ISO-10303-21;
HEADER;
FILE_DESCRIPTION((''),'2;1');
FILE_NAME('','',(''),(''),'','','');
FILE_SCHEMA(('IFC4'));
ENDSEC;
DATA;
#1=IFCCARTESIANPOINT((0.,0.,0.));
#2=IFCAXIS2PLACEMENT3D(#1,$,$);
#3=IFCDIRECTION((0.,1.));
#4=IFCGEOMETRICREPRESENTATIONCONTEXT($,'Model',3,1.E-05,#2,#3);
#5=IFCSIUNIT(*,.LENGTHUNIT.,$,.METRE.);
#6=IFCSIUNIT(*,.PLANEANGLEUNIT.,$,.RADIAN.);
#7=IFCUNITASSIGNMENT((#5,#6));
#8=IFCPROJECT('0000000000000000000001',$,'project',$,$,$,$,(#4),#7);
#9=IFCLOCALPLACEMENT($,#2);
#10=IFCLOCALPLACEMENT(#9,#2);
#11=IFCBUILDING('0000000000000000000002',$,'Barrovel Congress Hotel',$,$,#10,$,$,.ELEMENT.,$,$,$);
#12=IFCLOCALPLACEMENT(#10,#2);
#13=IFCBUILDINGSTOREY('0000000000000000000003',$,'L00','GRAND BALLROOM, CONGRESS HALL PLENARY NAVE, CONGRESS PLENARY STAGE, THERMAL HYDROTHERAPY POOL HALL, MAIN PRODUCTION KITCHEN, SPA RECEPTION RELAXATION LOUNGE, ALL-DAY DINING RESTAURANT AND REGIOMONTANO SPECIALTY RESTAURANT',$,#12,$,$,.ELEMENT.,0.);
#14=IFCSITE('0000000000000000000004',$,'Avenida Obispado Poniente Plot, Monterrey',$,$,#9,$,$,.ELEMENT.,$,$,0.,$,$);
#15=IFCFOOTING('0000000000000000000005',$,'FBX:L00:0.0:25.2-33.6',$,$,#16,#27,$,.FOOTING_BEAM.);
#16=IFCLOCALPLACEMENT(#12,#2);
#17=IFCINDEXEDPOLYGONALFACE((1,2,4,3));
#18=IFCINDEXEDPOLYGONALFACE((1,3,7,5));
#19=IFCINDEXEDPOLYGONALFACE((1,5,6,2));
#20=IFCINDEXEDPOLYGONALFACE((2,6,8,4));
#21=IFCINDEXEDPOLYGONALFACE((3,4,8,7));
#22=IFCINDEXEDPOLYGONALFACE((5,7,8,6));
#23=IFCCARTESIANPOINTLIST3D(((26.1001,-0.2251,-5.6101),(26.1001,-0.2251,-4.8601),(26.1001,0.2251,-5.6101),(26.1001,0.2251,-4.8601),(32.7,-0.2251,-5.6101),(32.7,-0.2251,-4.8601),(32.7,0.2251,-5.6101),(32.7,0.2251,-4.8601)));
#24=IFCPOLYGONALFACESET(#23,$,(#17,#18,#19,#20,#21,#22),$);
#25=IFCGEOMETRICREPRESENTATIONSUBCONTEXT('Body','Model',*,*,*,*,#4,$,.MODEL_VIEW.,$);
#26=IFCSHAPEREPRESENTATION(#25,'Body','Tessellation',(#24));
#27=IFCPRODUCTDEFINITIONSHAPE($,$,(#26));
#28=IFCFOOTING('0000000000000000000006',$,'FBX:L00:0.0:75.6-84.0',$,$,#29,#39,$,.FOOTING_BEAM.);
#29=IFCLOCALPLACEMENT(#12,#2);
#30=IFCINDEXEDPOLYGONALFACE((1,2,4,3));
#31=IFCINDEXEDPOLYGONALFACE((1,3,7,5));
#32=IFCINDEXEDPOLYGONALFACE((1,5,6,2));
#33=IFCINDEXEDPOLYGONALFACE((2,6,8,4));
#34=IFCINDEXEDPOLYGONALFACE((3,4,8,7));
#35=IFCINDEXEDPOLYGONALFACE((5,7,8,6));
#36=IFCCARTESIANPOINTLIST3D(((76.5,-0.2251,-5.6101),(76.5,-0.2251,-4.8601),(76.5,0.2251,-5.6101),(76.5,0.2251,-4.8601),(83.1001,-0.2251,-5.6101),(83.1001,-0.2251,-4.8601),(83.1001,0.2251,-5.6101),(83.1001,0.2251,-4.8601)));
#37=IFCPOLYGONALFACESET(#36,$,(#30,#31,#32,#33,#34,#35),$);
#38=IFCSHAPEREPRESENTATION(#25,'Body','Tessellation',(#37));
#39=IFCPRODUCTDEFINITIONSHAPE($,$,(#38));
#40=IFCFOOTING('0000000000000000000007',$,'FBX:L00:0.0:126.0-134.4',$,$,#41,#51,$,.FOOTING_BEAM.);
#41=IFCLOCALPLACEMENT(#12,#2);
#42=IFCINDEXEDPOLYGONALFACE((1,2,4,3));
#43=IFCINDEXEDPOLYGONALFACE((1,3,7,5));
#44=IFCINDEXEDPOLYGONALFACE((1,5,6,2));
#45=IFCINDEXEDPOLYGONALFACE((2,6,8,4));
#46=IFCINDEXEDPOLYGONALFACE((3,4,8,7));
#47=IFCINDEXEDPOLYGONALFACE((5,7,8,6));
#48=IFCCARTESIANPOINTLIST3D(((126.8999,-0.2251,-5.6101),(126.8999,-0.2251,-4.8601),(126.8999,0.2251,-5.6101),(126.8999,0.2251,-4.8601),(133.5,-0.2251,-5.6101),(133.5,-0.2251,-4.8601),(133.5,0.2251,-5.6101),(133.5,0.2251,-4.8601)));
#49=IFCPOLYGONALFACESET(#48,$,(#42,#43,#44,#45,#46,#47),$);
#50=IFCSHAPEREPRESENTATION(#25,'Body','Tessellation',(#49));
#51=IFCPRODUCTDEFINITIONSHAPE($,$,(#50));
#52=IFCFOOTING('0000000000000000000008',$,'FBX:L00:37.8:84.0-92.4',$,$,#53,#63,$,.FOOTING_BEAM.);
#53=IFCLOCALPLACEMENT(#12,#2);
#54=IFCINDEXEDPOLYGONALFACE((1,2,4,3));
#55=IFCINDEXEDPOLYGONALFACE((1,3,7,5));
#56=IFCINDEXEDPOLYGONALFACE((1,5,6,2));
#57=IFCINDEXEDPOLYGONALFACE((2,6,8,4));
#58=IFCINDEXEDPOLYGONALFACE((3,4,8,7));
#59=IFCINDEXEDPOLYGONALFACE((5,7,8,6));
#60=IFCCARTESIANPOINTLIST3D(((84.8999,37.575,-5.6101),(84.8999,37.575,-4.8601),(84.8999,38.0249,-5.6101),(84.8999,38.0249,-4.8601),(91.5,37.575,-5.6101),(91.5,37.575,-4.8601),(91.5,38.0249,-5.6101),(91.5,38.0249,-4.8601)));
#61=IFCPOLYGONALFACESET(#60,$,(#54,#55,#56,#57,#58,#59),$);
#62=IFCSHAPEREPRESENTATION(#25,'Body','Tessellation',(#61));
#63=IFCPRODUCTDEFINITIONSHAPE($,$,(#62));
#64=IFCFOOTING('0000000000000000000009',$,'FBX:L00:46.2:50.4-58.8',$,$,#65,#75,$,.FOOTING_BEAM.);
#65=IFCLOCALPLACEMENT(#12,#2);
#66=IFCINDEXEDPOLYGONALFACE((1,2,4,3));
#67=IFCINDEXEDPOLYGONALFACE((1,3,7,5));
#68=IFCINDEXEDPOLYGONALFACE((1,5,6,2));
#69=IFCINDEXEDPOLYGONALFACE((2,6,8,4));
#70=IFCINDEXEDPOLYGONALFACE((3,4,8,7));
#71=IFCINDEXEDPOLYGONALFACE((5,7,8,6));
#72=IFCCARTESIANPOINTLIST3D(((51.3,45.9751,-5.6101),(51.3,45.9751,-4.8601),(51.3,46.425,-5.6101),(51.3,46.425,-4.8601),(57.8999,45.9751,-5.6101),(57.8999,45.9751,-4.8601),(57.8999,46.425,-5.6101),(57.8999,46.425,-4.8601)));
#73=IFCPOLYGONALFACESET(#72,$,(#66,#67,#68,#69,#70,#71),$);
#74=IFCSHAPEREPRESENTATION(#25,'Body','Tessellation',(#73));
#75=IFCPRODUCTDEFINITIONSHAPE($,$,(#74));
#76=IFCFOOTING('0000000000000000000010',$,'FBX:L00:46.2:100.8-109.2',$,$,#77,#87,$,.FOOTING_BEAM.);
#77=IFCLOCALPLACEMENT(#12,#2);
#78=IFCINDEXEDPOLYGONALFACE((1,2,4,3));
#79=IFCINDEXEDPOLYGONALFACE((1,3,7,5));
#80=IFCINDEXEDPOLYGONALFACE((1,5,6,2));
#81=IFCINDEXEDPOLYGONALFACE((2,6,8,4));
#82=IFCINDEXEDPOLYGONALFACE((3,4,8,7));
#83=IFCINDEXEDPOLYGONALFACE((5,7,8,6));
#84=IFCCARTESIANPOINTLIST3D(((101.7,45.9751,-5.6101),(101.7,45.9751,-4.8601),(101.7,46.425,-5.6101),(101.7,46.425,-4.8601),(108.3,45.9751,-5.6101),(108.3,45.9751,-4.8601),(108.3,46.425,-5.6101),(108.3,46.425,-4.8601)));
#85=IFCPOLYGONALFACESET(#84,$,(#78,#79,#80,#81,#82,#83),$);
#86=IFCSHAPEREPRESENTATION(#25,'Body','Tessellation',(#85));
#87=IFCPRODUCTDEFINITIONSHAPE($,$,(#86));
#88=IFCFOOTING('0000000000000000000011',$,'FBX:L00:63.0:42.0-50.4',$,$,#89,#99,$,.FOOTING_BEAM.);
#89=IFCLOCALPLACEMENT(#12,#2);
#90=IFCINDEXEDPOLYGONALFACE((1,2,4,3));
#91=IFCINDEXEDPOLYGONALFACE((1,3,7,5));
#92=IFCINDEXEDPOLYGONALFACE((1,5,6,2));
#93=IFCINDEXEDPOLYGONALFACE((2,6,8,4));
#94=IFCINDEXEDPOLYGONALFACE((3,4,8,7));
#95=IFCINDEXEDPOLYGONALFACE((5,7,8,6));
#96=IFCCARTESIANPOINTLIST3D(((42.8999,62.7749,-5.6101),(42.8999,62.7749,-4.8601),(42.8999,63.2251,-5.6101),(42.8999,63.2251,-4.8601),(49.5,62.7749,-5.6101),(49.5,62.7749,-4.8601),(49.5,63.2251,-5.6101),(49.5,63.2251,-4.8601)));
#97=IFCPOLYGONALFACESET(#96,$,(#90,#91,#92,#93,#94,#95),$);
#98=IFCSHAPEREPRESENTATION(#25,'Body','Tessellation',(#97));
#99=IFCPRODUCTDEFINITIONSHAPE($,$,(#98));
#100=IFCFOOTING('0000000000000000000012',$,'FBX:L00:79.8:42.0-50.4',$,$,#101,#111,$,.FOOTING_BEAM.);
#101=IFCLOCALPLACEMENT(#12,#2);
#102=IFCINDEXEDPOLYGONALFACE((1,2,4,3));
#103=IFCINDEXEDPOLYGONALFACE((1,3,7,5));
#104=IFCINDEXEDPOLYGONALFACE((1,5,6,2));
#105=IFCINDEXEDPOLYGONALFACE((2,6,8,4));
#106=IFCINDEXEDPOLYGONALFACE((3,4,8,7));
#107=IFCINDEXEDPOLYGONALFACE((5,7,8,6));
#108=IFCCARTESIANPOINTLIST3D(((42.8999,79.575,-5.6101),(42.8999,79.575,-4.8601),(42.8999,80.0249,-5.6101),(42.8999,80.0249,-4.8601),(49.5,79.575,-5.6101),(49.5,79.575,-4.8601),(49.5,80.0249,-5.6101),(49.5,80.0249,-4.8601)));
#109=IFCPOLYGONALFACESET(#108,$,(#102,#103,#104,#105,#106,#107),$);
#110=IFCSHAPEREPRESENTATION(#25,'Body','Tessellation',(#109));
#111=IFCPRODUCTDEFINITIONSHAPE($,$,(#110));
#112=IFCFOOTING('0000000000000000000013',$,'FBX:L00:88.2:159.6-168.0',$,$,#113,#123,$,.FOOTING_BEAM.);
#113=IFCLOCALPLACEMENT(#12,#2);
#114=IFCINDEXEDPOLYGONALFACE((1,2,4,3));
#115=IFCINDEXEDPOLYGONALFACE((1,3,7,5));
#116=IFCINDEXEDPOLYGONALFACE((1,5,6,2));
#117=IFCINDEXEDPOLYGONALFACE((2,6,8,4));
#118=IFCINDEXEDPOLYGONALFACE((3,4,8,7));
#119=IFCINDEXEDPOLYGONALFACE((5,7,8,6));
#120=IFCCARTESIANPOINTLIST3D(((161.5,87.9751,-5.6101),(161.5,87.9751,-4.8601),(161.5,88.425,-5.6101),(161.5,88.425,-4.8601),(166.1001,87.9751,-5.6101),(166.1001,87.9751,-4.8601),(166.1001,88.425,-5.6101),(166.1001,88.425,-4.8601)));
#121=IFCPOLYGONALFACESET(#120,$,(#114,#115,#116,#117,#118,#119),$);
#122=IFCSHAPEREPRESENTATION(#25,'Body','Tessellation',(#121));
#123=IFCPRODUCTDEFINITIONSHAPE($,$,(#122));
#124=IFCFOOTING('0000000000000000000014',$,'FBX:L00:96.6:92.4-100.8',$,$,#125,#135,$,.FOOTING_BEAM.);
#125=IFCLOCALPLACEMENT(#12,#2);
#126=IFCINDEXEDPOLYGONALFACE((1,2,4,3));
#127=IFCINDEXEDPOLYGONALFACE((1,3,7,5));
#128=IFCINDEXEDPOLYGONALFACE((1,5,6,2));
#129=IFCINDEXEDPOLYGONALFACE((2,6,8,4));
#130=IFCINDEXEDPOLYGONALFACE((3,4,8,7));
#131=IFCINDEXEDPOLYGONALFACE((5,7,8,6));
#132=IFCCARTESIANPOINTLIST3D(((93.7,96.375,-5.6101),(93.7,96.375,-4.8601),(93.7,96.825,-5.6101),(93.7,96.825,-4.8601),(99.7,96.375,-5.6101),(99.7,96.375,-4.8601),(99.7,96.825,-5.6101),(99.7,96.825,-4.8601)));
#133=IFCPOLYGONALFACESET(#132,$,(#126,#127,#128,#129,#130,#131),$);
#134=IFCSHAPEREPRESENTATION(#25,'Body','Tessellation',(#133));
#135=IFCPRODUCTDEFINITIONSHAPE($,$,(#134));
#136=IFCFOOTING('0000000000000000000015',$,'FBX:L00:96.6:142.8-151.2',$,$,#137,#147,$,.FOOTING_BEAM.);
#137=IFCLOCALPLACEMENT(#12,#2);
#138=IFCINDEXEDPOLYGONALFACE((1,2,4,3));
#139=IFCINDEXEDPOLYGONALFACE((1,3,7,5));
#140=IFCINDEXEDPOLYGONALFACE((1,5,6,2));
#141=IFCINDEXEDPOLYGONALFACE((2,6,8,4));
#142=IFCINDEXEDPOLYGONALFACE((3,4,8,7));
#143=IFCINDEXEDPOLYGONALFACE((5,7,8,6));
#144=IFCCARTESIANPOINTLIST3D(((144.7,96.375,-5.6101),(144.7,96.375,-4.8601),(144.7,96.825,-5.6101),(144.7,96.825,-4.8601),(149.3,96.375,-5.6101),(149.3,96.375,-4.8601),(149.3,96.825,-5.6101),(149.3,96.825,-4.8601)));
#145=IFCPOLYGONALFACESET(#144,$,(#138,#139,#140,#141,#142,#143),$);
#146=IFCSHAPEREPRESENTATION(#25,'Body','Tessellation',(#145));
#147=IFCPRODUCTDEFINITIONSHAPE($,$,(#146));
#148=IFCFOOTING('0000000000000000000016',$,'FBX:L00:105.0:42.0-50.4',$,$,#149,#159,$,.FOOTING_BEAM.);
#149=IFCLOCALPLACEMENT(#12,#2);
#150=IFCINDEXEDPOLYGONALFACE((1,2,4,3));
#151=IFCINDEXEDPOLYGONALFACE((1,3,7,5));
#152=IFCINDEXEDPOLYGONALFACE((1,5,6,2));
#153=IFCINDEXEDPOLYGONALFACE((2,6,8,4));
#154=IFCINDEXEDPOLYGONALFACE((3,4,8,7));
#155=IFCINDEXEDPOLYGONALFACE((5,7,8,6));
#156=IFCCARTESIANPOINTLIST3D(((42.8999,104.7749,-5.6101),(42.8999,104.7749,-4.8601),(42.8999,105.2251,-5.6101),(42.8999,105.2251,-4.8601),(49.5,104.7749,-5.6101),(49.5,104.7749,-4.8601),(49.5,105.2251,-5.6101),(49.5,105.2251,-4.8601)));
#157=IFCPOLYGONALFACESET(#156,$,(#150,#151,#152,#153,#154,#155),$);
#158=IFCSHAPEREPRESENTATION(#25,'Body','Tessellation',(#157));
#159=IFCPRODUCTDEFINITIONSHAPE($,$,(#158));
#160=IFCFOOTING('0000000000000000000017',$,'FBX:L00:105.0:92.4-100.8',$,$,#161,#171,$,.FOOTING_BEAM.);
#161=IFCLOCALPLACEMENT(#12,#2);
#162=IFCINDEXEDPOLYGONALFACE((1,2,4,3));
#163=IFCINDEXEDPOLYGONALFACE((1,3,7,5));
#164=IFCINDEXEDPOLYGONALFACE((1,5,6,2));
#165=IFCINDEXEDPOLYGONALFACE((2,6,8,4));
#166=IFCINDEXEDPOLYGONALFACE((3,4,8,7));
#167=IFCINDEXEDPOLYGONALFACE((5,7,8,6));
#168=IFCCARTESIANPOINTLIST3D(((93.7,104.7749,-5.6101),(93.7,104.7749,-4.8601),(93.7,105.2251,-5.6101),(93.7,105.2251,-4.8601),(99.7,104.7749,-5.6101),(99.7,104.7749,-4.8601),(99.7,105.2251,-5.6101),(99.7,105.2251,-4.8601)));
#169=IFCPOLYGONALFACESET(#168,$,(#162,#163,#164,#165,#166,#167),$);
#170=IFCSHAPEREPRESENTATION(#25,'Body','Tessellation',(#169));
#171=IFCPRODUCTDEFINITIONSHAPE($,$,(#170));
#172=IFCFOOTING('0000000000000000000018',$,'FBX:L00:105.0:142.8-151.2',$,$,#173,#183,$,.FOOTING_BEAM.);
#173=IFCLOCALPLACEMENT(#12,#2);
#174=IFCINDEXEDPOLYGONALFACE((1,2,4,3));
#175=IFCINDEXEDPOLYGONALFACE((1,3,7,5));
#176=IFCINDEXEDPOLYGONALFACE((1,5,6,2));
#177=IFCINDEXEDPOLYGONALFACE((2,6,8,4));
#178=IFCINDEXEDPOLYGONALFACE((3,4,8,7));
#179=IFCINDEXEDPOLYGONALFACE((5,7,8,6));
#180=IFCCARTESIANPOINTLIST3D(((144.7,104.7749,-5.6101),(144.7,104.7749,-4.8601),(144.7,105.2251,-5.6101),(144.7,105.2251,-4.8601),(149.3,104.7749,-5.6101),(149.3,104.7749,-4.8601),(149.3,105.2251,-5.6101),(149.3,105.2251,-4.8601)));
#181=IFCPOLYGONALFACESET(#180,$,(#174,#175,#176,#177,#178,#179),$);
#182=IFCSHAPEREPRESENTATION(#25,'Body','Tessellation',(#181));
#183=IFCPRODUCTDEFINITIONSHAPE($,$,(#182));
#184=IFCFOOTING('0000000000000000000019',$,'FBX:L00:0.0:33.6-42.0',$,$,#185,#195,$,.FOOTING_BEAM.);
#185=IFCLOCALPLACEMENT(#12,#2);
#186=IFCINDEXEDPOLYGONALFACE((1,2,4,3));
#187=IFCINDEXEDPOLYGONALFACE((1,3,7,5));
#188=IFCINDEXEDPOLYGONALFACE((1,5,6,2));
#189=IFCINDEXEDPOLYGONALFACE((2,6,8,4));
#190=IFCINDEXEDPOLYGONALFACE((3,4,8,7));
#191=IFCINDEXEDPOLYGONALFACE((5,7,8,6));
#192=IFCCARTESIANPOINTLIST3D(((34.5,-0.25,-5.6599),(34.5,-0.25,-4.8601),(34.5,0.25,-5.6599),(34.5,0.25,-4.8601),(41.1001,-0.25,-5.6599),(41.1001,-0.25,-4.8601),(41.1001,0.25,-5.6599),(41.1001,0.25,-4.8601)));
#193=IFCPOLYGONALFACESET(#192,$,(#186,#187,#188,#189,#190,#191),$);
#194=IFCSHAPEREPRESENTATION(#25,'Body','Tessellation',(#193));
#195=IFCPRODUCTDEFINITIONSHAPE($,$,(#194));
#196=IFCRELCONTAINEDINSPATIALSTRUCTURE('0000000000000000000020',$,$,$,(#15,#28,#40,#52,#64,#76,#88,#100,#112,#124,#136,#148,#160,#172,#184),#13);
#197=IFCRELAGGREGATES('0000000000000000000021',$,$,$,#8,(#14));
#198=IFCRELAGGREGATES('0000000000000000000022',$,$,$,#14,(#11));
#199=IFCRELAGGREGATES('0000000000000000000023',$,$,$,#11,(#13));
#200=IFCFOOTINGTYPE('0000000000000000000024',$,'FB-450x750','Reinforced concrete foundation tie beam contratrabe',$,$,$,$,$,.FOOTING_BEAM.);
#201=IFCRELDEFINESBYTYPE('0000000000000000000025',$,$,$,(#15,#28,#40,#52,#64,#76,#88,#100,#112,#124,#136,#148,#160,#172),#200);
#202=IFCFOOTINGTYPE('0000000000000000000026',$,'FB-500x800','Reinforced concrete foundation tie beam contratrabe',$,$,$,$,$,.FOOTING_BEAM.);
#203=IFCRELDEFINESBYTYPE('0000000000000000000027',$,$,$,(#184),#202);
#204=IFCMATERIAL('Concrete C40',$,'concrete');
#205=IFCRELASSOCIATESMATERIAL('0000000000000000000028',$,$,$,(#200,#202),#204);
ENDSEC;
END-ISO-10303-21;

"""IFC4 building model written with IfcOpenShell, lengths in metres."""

from ifc_helpers import new_model, si_unit, direction, frame, origin, place, context, subcontext, project, spatial, polyline, outline, extrude, material, type_object, element, save


model = new_model("IFC4")

# Units and contexts
model_context = context("Model", 3, precision=1e-05, world=origin(), true_north=direction((0.0, 1.0)))
body_context = subcontext(model_context, "Body", "Model", "MODEL_VIEW")
ifc_project = project(units=[si_unit("LENGTHUNIT", "METRE"), si_unit("PLANEANGLEUNIT", "RADIAN")], contexts=[model_context])

# Site, building, storey
site_placement = place(None, origin())
site = spatial("IfcSite", under=ifc_project, at=site_placement, Name="Avenida Obispado Poniente Plot, Monterrey", CompositionType="ELEMENT", RefElevation=0.0)
building_placement = place(site_placement, origin())
building = spatial("IfcBuilding", under=site, at=building_placement, Name="Barrovel Congress Hotel", CompositionType="ELEMENT")
storey_placement = place(building_placement, origin())
storey = spatial("IfcBuildingStorey", under=building, at=storey_placement, Name="L00", Description="GRAND BALLROOM, CONGRESS HALL PLENARY NAVE, CONGRESS PLENARY STAGE, THERMAL HYDROTHERAPY POOL HALL, MAIN PRODUCTION KITCHEN, SPA RECEPTION RELAXATION LOUNGE, ALL-DAY DINING RESTAURANT AND REGIOMONTANO SPECIALTY RESTAURANT", CompositionType="ELEMENT", Elevation=0.0)

# Footings
ifc_material = material(Name="Concrete C40", Category="concrete")
footing_type_1 = type_object("IfcFootingType", Name="FB-450x750", Description="Reinforced concrete foundation tie beam contratrabe", PredefinedType="FOOTING_BEAM", material=ifc_material)
footing_1_placement = place(storey_placement, frame((0.0, 0.0, -5.6101)))
element("IfcFooting", 1, at=footing_1_placement, inside=storey, type_object=footing_type_1, Name="FBX:L00:0.0:25.2-33.6", PredefinedType="FOOTING_BEAM", context=body_context, shape_type="SweptSolid", body=[
    extrude(outline(polyline([(26.1001, -0.2251), (32.7, -0.2251), (32.7, 0.2251), (26.1001, 0.2251), (26.1001, -0.2251)])), origin(), (0.0, 0.0, 1.0), 0.75),
])
footing_2_placement = place(storey_placement, frame((0.0, 0.0, -5.6101)))
element("IfcFooting", 2, at=footing_2_placement, inside=storey, type_object=footing_type_1, Name="FBX:L00:0.0:75.6-84.0", PredefinedType="FOOTING_BEAM", context=body_context, shape_type="SweptSolid", body=[
    extrude(outline(polyline([(76.5, -0.2251), (83.1001, -0.2251), (83.1001, 0.2251), (76.5, 0.2251), (76.5, -0.2251)])), origin(), (0.0, 0.0, 1.0), 0.75),
])
footing_3_placement = place(storey_placement, frame((0.0, 0.0, -5.6101)))
element("IfcFooting", 3, at=footing_3_placement, inside=storey, type_object=footing_type_1, Name="FBX:L00:0.0:126.0-134.4", PredefinedType="FOOTING_BEAM", context=body_context, shape_type="SweptSolid", body=[
    extrude(outline(polyline([(126.8999, -0.2251), (133.5, -0.2251), (133.5, 0.2251), (126.8999, 0.2251), (126.8999, -0.2251)])), origin(), (0.0, 0.0, 1.0), 0.75),
])
footing_4_placement = place(storey_placement, frame((0.0, 0.0, -5.6101)))
element("IfcFooting", 4, at=footing_4_placement, inside=storey, type_object=footing_type_1, Name="FBX:L00:37.8:84.0-92.4", PredefinedType="FOOTING_BEAM", context=body_context, shape_type="SweptSolid", body=[
    extrude(outline(polyline([(84.8999, 37.575), (91.5, 37.575), (91.5, 38.0249), (84.8999, 38.0249), (84.8999, 37.575)])), origin(), (0.0, 0.0, 1.0), 0.75),
])
footing_5_placement = place(storey_placement, frame((0.0, 0.0, -5.6101)))
element("IfcFooting", 5, at=footing_5_placement, inside=storey, type_object=footing_type_1, Name="FBX:L00:46.2:50.4-58.8", PredefinedType="FOOTING_BEAM", context=body_context, shape_type="SweptSolid", body=[
    extrude(outline(polyline([(51.3, 45.9751), (57.8999, 45.9751), (57.8999, 46.425), (51.3, 46.425), (51.3, 45.9751)])), origin(), (0.0, 0.0, 1.0), 0.75),
])
footing_6_placement = place(storey_placement, frame((0.0, 0.0, -5.6101)))
element("IfcFooting", 6, at=footing_6_placement, inside=storey, type_object=footing_type_1, Name="FBX:L00:46.2:100.8-109.2", PredefinedType="FOOTING_BEAM", context=body_context, shape_type="SweptSolid", body=[
    extrude(outline(polyline([(101.7, 45.9751), (108.3, 45.9751), (108.3, 46.425), (101.7, 46.425), (101.7, 45.9751)])), origin(), (0.0, 0.0, 1.0), 0.75),
])
footing_7_placement = place(storey_placement, frame((0.0, 0.0, -5.6101)))
element("IfcFooting", 7, at=footing_7_placement, inside=storey, type_object=footing_type_1, Name="FBX:L00:63.0:42.0-50.4", PredefinedType="FOOTING_BEAM", context=body_context, shape_type="SweptSolid", body=[
    extrude(outline(polyline([(42.8999, 62.7749), (49.5, 62.7749), (49.5, 63.2251), (42.8999, 63.2251), (42.8999, 62.7749)])), origin(), (0.0, 0.0, 1.0), 0.75),
])
footing_8_placement = place(storey_placement, frame((0.0, 0.0, -5.6101)))
element("IfcFooting", 8, at=footing_8_placement, inside=storey, type_object=footing_type_1, Name="FBX:L00:79.8:42.0-50.4", PredefinedType="FOOTING_BEAM", context=body_context, shape_type="SweptSolid", body=[
    extrude(outline(polyline([(42.8999, 79.575), (49.5, 79.575), (49.5, 80.0249), (42.8999, 80.0249), (42.8999, 79.575)])), origin(), (0.0, 0.0, 1.0), 0.75),
])
footing_9_placement = place(storey_placement, frame((0.0, 0.0, -5.6101)))
element("IfcFooting", 9, at=footing_9_placement, inside=storey, type_object=footing_type_1, Name="FBX:L00:88.2:159.6-168.0", PredefinedType="FOOTING_BEAM", context=body_context, shape_type="SweptSolid", body=[
    extrude(outline(polyline([(161.5, 87.9751), (166.1001, 87.9751), (166.1001, 88.425), (161.5, 88.425), (161.5, 87.9751)])), origin(), (0.0, 0.0, 1.0), 0.75),
])
footing_10_placement = place(storey_placement, frame((0.0, 0.0, -5.6101)))
element("IfcFooting", 10, at=footing_10_placement, inside=storey, type_object=footing_type_1, Name="FBX:L00:96.6:92.4-100.8", PredefinedType="FOOTING_BEAM", context=body_context, shape_type="SweptSolid", body=[
    extrude(outline(polyline([(93.7, 96.375), (99.7, 96.375), (99.7, 96.825), (93.7, 96.825), (93.7, 96.375)])), origin(), (0.0, 0.0, 1.0), 0.75),
])
footing_11_placement = place(storey_placement, frame((0.0, 0.0, -5.6101)))
element("IfcFooting", 11, at=footing_11_placement, inside=storey, type_object=footing_type_1, Name="FBX:L00:96.6:142.8-151.2", PredefinedType="FOOTING_BEAM", context=body_context, shape_type="SweptSolid", body=[
    extrude(outline(polyline([(144.7, 96.375), (149.3, 96.375), (149.3, 96.825), (144.7, 96.825), (144.7, 96.375)])), origin(), (0.0, 0.0, 1.0), 0.75),
])
footing_12_placement = place(storey_placement, frame((0.0, 0.0, -5.6101)))
element("IfcFooting", 12, at=footing_12_placement, inside=storey, type_object=footing_type_1, Name="FBX:L00:105.0:42.0-50.4", PredefinedType="FOOTING_BEAM", context=body_context, shape_type="SweptSolid", body=[
    extrude(outline(polyline([(42.8999, 104.7749), (49.5, 104.7749), (49.5, 105.2251), (42.8999, 105.2251), (42.8999, 104.7749)])), origin(), (0.0, 0.0, 1.0), 0.75),
])
footing_13_placement = place(storey_placement, frame((0.0, 0.0, -5.6101)))
element("IfcFooting", 13, at=footing_13_placement, inside=storey, type_object=footing_type_1, Name="FBX:L00:105.0:92.4-100.8", PredefinedType="FOOTING_BEAM", context=body_context, shape_type="SweptSolid", body=[
    extrude(outline(polyline([(93.7, 104.7749), (99.7, 104.7749), (99.7, 105.2251), (93.7, 105.2251), (93.7, 104.7749)])), origin(), (0.0, 0.0, 1.0), 0.75),
])
footing_14_placement = place(storey_placement, frame((0.0, 0.0, -5.6101)))
element("IfcFooting", 14, at=footing_14_placement, inside=storey, type_object=footing_type_1, Name="FBX:L00:105.0:142.8-151.2", PredefinedType="FOOTING_BEAM", context=body_context, shape_type="SweptSolid", body=[
    extrude(outline(polyline([(144.7, 104.7749), (149.3, 104.7749), (149.3, 105.2251), (144.7, 105.2251), (144.7, 104.7749)])), origin(), (0.0, 0.0, 1.0), 0.75),
])
footing_type_2 = type_object("IfcFootingType", Name="FB-500x800", Description="Reinforced concrete foundation tie beam contratrabe", PredefinedType="FOOTING_BEAM", material=ifc_material)
footing_15_placement = place(storey_placement, frame((0.0, 0.0, -5.6599)))
element("IfcFooting", 15, at=footing_15_placement, inside=storey, type_object=footing_type_2, Name="FBX:L00:0.0:33.6-42.0", PredefinedType="FOOTING_BEAM", context=body_context, shape_type="SweptSolid", body=[
    extrude(outline(polyline([(34.5, -0.25), (41.1001, -0.25), (41.1001, 0.25), (34.5, 0.25), (34.5, -0.25)])), origin(), (0.0, 0.0, 1.0), 0.7998),
])

save(model, "model.ifc")
